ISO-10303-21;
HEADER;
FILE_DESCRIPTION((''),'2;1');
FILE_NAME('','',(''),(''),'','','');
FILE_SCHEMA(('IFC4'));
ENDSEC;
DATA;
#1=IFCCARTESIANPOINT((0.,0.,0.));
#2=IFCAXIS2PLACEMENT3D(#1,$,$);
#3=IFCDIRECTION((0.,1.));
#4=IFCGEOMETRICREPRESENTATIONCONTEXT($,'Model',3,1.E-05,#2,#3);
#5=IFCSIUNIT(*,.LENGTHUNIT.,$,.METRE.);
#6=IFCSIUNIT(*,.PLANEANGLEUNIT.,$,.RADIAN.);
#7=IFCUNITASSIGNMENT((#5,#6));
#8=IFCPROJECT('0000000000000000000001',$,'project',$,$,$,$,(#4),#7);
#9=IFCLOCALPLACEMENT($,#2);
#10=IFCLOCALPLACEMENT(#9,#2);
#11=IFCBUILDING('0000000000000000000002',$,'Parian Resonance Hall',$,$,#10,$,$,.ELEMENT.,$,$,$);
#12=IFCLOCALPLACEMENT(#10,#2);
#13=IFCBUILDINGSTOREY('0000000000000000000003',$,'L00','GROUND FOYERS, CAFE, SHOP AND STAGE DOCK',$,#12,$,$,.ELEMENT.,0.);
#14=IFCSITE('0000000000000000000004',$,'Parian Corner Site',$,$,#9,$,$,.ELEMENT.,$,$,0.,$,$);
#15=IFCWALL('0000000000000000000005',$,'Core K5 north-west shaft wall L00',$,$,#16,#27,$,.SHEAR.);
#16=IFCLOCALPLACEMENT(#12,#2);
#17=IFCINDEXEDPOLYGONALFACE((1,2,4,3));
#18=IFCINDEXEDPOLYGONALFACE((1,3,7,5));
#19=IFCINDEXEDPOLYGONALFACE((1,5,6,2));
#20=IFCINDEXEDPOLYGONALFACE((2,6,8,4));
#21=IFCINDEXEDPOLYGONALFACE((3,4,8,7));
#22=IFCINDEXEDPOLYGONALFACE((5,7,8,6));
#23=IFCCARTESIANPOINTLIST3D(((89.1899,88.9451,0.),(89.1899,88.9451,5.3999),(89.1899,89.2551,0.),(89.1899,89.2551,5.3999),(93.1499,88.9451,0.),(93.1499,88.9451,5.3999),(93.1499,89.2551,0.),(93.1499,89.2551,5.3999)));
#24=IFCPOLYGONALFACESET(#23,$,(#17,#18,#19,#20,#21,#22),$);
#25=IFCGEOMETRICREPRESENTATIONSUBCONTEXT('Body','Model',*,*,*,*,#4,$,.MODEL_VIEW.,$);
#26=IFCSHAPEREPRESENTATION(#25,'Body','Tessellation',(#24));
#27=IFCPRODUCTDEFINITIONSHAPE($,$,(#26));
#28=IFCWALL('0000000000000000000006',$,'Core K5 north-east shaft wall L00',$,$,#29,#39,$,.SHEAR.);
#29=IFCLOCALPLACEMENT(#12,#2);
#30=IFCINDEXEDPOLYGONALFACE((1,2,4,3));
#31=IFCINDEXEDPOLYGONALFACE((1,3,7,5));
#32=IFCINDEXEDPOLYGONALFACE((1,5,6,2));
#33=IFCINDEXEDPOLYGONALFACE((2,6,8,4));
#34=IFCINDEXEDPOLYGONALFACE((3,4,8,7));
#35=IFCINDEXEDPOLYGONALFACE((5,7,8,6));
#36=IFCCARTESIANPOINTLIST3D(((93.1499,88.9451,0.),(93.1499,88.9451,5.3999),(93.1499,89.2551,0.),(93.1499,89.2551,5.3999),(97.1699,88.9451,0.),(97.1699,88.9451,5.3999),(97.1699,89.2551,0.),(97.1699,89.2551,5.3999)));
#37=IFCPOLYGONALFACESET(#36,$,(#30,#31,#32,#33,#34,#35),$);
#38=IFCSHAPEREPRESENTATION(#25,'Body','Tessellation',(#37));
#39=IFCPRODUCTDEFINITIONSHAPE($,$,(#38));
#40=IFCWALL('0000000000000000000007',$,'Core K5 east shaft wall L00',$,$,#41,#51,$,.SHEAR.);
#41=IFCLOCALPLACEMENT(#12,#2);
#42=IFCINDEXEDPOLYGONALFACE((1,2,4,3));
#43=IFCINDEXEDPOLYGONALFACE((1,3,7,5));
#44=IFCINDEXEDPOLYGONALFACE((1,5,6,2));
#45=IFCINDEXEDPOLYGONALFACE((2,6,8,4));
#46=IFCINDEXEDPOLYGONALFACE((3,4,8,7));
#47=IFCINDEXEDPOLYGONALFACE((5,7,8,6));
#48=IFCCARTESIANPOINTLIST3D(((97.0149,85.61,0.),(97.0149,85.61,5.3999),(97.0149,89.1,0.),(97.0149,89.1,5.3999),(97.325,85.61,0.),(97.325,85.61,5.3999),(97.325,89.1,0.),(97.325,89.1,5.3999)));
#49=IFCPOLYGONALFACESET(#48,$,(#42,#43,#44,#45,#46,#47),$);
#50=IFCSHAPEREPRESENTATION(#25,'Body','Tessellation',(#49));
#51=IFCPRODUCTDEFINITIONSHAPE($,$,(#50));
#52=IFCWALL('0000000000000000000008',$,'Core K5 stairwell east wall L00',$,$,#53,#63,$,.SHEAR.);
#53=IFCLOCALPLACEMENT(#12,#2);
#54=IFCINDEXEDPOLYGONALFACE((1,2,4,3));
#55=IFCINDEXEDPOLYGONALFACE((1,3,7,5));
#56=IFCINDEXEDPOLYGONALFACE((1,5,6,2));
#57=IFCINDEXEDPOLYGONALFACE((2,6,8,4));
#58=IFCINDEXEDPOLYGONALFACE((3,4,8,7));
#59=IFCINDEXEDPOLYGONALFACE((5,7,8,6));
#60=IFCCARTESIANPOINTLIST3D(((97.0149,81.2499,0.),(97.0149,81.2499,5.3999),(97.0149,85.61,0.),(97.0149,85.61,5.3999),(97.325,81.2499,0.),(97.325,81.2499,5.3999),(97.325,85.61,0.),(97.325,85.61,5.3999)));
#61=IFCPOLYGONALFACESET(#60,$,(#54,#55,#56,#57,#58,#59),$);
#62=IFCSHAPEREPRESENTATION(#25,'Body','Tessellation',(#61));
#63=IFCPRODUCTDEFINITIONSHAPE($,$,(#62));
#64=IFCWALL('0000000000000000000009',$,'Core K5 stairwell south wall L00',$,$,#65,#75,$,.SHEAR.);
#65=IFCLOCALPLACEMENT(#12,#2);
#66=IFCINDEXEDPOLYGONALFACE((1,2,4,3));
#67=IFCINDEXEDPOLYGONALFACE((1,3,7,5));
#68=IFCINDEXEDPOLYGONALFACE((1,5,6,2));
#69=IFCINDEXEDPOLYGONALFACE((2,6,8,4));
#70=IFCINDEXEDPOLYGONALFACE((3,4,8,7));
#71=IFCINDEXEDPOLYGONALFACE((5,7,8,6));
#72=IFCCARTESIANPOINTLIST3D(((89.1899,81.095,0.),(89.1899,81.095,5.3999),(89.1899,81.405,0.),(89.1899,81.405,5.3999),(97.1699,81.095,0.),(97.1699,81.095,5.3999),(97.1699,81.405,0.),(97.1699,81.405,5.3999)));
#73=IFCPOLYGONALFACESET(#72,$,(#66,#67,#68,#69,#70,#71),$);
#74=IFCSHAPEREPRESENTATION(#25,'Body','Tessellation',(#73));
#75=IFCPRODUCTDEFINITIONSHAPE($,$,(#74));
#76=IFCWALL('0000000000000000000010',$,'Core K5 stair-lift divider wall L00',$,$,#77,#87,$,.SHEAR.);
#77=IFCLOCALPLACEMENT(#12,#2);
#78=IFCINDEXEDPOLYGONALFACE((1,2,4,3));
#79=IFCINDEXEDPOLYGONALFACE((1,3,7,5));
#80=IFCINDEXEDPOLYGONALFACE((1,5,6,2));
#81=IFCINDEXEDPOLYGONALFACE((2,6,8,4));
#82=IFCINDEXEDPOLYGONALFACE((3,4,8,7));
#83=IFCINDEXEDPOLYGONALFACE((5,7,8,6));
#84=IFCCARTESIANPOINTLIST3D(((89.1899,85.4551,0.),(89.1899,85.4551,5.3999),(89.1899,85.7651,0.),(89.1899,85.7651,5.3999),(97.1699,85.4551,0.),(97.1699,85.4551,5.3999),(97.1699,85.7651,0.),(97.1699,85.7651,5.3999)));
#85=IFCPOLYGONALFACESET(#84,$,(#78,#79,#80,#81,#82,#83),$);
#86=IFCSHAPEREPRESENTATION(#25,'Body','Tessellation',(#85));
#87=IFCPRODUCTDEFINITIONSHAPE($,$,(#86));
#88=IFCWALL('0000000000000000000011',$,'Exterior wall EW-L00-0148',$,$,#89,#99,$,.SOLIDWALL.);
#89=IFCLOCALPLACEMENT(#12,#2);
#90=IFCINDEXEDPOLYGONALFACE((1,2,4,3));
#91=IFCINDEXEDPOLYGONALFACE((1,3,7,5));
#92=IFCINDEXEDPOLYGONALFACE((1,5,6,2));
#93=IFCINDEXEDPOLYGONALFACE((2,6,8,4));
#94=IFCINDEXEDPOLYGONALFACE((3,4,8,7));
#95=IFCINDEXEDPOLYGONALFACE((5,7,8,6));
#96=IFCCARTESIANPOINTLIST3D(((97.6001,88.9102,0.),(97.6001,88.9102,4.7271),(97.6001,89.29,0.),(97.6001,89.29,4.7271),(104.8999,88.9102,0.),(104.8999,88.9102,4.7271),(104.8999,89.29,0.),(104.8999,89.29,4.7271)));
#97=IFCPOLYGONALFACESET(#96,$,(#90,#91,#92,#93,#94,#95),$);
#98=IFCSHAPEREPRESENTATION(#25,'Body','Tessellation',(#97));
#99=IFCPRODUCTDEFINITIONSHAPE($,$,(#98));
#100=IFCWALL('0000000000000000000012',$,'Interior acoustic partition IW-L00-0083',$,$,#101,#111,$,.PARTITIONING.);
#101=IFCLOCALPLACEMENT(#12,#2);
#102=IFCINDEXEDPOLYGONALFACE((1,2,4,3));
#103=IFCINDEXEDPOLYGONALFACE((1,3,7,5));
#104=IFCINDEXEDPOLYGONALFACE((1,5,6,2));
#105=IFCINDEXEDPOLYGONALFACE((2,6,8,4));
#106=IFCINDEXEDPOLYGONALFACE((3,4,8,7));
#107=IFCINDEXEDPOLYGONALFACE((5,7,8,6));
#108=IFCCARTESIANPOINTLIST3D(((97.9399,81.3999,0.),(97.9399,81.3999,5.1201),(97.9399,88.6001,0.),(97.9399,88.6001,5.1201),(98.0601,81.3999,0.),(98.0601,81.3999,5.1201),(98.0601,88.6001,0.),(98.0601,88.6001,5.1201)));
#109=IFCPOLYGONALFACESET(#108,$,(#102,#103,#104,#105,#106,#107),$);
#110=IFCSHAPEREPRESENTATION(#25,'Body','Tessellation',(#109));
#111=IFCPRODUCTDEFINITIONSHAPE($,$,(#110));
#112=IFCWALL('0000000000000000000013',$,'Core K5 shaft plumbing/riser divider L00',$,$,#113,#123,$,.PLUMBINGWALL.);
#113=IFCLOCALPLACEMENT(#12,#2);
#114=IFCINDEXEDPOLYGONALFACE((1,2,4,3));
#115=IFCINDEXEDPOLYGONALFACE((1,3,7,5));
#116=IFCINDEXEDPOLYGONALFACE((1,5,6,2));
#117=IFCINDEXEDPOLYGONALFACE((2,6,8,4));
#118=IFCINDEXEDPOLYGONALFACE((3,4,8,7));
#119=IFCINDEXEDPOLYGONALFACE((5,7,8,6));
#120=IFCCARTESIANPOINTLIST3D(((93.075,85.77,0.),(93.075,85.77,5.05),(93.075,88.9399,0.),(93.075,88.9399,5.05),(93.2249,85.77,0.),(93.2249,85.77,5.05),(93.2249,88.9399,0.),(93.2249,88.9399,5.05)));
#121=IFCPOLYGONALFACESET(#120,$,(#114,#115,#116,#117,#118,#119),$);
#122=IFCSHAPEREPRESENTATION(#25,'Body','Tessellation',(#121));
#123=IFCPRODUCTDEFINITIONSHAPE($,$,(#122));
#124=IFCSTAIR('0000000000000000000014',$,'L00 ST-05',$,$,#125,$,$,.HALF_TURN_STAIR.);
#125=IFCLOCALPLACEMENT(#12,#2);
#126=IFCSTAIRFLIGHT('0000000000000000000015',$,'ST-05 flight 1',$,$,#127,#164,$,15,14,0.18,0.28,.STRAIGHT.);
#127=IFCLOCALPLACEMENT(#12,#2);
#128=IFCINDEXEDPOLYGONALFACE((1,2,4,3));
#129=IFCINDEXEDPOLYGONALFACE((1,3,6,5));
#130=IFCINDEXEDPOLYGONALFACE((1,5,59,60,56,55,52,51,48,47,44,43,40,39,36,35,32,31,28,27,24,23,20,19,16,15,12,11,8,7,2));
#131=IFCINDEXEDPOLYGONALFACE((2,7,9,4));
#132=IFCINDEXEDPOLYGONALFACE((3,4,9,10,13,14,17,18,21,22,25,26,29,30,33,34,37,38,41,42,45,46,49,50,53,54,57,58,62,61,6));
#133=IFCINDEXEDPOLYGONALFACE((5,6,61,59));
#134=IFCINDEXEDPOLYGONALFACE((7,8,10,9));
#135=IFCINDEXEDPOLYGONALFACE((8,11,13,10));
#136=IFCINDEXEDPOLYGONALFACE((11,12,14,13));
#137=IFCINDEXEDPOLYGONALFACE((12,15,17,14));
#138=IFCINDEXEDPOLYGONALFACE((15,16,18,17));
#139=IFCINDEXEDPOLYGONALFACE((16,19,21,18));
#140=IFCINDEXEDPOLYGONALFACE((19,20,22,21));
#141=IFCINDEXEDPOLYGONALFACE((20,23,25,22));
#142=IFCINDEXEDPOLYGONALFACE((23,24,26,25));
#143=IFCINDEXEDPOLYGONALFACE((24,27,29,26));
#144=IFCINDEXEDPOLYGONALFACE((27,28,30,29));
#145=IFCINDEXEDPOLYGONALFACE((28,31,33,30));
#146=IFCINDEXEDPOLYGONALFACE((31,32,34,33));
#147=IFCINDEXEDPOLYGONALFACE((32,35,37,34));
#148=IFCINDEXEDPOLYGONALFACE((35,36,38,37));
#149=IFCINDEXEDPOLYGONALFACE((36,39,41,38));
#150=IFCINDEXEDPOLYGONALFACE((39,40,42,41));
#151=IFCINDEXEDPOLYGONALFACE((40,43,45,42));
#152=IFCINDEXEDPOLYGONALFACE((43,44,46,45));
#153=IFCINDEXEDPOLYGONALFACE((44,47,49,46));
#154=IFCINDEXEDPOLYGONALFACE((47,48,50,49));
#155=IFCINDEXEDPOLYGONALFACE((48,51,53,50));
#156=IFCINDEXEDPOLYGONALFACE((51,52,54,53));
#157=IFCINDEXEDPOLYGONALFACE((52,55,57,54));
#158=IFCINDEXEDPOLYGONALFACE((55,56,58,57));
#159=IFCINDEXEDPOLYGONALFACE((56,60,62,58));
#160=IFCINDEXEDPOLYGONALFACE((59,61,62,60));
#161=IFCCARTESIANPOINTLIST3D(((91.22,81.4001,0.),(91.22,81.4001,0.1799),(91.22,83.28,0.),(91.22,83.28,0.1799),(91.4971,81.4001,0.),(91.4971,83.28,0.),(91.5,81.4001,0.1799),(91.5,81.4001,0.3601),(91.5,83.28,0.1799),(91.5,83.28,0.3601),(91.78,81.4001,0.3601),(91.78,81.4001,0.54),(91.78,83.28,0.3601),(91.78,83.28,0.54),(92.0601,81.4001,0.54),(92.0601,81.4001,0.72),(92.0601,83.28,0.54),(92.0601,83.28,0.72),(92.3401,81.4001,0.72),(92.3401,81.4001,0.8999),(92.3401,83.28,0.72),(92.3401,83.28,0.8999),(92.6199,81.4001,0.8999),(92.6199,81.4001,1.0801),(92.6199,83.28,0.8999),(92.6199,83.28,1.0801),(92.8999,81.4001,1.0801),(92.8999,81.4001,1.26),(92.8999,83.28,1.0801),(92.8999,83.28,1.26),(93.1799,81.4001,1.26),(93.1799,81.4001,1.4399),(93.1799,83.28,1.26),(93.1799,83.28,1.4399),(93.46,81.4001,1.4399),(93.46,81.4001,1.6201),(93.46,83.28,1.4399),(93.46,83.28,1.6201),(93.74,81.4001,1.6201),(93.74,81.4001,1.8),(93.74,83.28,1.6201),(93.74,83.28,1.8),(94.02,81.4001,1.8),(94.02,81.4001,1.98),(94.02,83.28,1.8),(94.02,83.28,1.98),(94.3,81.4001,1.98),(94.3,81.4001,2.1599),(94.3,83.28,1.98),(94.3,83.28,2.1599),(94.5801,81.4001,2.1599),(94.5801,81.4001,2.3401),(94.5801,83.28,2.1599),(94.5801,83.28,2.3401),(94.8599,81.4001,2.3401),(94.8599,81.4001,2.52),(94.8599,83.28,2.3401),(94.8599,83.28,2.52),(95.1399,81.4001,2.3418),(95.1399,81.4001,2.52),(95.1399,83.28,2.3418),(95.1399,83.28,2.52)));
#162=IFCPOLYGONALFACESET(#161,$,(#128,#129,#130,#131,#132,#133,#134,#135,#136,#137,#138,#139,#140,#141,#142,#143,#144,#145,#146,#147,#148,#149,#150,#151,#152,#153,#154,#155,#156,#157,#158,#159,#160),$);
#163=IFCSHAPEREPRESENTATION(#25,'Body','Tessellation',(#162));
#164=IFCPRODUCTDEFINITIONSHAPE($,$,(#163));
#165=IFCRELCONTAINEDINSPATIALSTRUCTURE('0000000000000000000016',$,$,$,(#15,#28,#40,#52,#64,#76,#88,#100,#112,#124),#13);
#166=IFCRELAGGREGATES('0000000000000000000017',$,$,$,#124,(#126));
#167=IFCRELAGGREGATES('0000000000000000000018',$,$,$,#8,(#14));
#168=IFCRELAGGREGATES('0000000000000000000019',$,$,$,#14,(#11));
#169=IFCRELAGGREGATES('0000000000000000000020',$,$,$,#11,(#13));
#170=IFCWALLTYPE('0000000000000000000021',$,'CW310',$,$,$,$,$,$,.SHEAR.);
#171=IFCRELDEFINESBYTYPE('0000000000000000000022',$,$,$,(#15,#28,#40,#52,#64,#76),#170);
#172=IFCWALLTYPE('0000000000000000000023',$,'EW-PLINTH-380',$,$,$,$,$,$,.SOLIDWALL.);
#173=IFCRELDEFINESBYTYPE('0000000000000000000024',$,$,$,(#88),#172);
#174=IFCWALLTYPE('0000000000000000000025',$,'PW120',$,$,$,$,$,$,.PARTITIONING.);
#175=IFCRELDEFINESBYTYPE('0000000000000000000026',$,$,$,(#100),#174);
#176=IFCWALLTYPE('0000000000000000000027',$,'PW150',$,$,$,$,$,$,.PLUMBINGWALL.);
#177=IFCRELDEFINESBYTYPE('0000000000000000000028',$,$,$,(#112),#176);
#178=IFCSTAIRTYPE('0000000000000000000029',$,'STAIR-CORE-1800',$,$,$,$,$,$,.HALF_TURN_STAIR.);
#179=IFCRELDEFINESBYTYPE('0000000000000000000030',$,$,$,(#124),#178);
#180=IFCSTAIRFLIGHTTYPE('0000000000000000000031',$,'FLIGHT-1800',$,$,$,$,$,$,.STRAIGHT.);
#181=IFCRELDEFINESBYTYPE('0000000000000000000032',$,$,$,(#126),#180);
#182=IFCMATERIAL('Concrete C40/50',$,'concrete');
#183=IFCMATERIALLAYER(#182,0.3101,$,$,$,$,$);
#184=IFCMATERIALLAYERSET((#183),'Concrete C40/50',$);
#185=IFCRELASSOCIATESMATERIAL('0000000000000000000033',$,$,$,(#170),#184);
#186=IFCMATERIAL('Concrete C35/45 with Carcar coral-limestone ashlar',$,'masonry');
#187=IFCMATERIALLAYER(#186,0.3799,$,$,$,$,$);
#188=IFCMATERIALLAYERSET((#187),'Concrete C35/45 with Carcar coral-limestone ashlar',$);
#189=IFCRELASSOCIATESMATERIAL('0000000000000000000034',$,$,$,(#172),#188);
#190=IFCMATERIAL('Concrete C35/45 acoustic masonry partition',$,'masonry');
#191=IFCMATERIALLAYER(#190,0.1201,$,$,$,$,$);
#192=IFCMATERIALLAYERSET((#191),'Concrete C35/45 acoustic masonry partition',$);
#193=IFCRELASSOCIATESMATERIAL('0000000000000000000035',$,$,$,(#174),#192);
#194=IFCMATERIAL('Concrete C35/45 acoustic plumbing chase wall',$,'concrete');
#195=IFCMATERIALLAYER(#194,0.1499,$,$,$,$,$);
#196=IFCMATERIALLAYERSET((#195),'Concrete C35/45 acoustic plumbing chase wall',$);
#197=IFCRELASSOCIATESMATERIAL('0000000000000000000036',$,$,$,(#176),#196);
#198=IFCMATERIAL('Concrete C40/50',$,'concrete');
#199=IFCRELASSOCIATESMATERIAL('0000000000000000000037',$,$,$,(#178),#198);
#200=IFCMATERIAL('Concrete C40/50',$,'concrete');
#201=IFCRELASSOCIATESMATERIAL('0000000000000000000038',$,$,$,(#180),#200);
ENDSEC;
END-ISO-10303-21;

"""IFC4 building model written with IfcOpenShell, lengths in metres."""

from ifc_helpers import new_model, si_unit, direction, frame, frame_2d, origin, place, context, subcontext, project, spatial, polyline, rectangle, outline, extrude, material, layer, layer_set, type_object, element, aggregate, save


model = new_model("IFC4")

# Units and contexts
model_context = context("Model", 3, precision=1e-05, world=origin(), true_north=direction((0.0, 1.0)))
body_context = subcontext(model_context, "Body", "Model", "MODEL_VIEW")
ifc_project = project(units=[si_unit("LENGTHUNIT", "METRE"), si_unit("PLANEANGLEUNIT", "RADIAN")], contexts=[model_context])

# Site, building, storey
site_placement = place(None, origin())
site = spatial("IfcSite", under=ifc_project, at=site_placement, Name="Parian Corner Site", CompositionType="ELEMENT", RefElevation=0.0)
building_placement = place(site_placement, origin())
building = spatial("IfcBuilding", under=site, at=building_placement, Name="Parian Resonance Hall", CompositionType="ELEMENT")
storey_placement = place(building_placement, origin())
storey = spatial("IfcBuildingStorey", under=building, at=storey_placement, Name="L00", Description="GROUND FOYERS, CAFE, SHOP AND STAGE DOCK", CompositionType="ELEMENT", Elevation=0.0)

# Shared definitions
ifc_material_1 = material(Name="Concrete C40/50", Category="concrete")
ifc_layer_1 = layer(ifc_material_1, 0.3101)
ifc_layer_set_1 = layer_set([ifc_layer_1], Name="Concrete C40/50")
wall_type_1 = type_object("IfcWallType", Name="CW310", PredefinedType="SHEAR", material=ifc_layer_set_1)

# Walls
wall_1_placement = place(storey_placement, frame((89.1899, 89.1001, 0.0), z_axis=(0.0, 0.0, 1.0), x_axis=(1.0, 0.0, 0.0)))
element("IfcWall", 1, at=wall_1_placement, inside=storey, type_object=wall_type_1, Name="Core K5 north-west shaft wall L00", PredefinedType="SHEAR", context=body_context, shape_type="SweptSolid", body=[
    extrude(rectangle(XDim=3.96, YDim=0.3101, at=frame_2d((1.98, 0.0))), origin(), (0.0, 0.0, 1.0), 5.3999),
])
wall_2_placement = place(storey_placement, frame((93.1499, 89.1001, 0.0), z_axis=(0.0, 0.0, 1.0), x_axis=(1.0, 0.0, 0.0)))
element("IfcWall", 2, at=wall_2_placement, inside=storey, type_object=wall_type_1, Name="Core K5 north-east shaft wall L00", PredefinedType="SHEAR", context=body_context, shape_type="SweptSolid", body=[
    extrude(rectangle(XDim=4.02, YDim=0.3101, at=frame_2d((2.01, 0.0))), origin(), (0.0, 0.0, 1.0), 5.3999),
])
wall_3_placement = place(storey_placement, frame((97.1699, 89.1001, 0.0), z_axis=(0.0, 0.0, 1.0), x_axis=(0.0, -1.0, 0.0)))
element("IfcWall", 3, at=wall_3_placement, inside=storey, type_object=wall_type_1, Name="Core K5 east shaft wall L00", PredefinedType="SHEAR", context=body_context, shape_type="SweptSolid", body=[
    extrude(rectangle(XDim=3.49, YDim=0.3101, at=frame_2d((1.7451, 0.0))), origin(), (0.0, 0.0, 1.0), 5.3999),
])
wall_4_placement = place(storey_placement, frame((97.1699, 85.6101, 0.0), z_axis=(0.0, 0.0, 1.0), x_axis=(0.0, -1.0, 0.0)))
element("IfcWall", 4, at=wall_4_placement, inside=storey, type_object=wall_type_1, Name="Core K5 stairwell east wall L00", PredefinedType="SHEAR", context=body_context, shape_type="SweptSolid", body=[
    extrude(rectangle(XDim=4.3601, YDim=0.3101, at=frame_2d((2.1802, 0.0))), origin(), (0.0, 0.0, 1.0), 5.3999),
])
for number, where, z_axis, x_axis, name in (
    (5, (97.1699, 81.25, 0.0), (0.0, 0.0, 1.0), (-1.0, 0.0, 0.0), "Core K5 stairwell south wall L00"),
    (6, (89.1899, 85.6101, 0.0), (0.0, 0.0, 1.0), (1.0, 0.0, 0.0), "Core K5 stair-lift divider wall L00"),
):
    element("IfcWall", number, at=place(storey_placement, frame(where, z_axis=z_axis, x_axis=x_axis)), inside=storey, type_object=wall_type_1, Name=name, PredefinedType="SHEAR", context=body_context, shape_type="SweptSolid", body=[
        extrude(rectangle(XDim=7.98, YDim=0.3101, at=frame_2d((3.99, 0.0))), origin(), (0.0, 0.0, 1.0), 5.3999),
    ])
ifc_material_2 = material(Name="Concrete C35/45 with Carcar coral-limestone ashlar", Category="masonry")
ifc_layer_2 = layer(ifc_material_2, 0.3799)
ifc_layer_set_2 = layer_set([ifc_layer_2], Name="Concrete C35/45 with Carcar coral-limestone ashlar")
wall_type_2 = type_object("IfcWallType", Name="EW-PLINTH-380", PredefinedType="SOLIDWALL", material=ifc_layer_set_2)
wall_5_placement = place(storey_placement, frame((97.6001, 89.1001, 0.0), z_axis=(0.0, 0.0, 1.0), x_axis=(1.0, 0.0, 0.0)))
element("IfcWall", 7, at=wall_5_placement, inside=storey, type_object=wall_type_2, Name="Exterior wall EW-L00-0148", PredefinedType="SOLIDWALL", context=body_context, shape_type="SweptSolid", body=[
    extrude(rectangle(XDim=7.2998, YDim=0.3799, at=frame_2d((3.6499, 0.0))), origin(), (0.0, 0.0, 1.0), 4.7271),
])
ifc_material_3 = material(Name="Concrete C35/45 acoustic masonry partition", Category="masonry")
ifc_layer_3 = layer(ifc_material_3, 0.1201)
ifc_layer_set_3 = layer_set([ifc_layer_3], Name="Concrete C35/45 acoustic masonry partition")
wall_type_3 = type_object("IfcWallType", Name="PW120", PredefinedType="PARTITIONING", material=ifc_layer_set_3)
wall_6_placement = place(storey_placement, frame((98.0, 81.3999, 0.0), z_axis=(0.0, 0.0, 1.0), x_axis=(0.0, 1.0, 0.0)))
element("IfcWall", 8, at=wall_6_placement, inside=storey, type_object=wall_type_3, Name="Interior acoustic partition IW-L00-0083", PredefinedType="PARTITIONING", context=body_context, shape_type="SweptSolid", body=[
    extrude(rectangle(XDim=7.2002, YDim=0.1201, at=frame_2d((3.6001, 0.0))), origin(), (0.0, 0.0, 1.0), 5.1201),
])
ifc_material_4 = material(Name="Concrete C35/45 acoustic plumbing chase wall", Category="concrete")
ifc_layer_4 = layer(ifc_material_4, 0.1499)
ifc_layer_set_4 = layer_set([ifc_layer_4], Name="Concrete C35/45 acoustic plumbing chase wall")
wall_type_4 = type_object("IfcWallType", Name="PW150", PredefinedType="PLUMBINGWALL", material=ifc_layer_set_4)
wall_7_placement = place(storey_placement, frame((93.1499, 85.77, 0.0), z_axis=(0.0, 0.0, 1.0), x_axis=(0.0, 1.0, 0.0)))
element("IfcWall", 9, at=wall_7_placement, inside=storey, type_object=wall_type_4, Name="Core K5 shaft plumbing/riser divider L00", PredefinedType="PLUMBINGWALL", context=body_context, shape_type="SweptSolid", body=[
    extrude(rectangle(XDim=3.1699, YDim=0.1499, at=frame_2d((1.585, 0.0))), origin(), (0.0, 0.0, 1.0), 5.05),
])

# Stair, stair flight
ifc_material_5 = material(Name="Concrete C40/50", Category="concrete")
stair_type = type_object("IfcStairType", Name="STAIR-CORE-1800", PredefinedType="HALF_TURN_STAIR", material=ifc_material_5)
stair_placement = place(storey_placement, origin())
stair = element("IfcStair", 10, at=stair_placement, inside=storey, type_object=stair_type, Name="L00 ST-05", PredefinedType="HALF_TURN_STAIR")
ifc_material_6 = material(Name="Concrete C40/50", Category="concrete")
stair_flight_type = type_object("IfcStairFlightType", Name="FLIGHT-1800", PredefinedType="STRAIGHT", material=ifc_material_6)
stair_flight_1_placement = place(storey_placement, frame((91.22, 82.3401, 0.0), z_axis=(0.0, 0.0, 1.0), x_axis=(1.0, 0.0, 0.0)))
stair_flight_1 = element("IfcStairFlight", 11, at=stair_flight_1_placement, type_object=stair_flight_type, Name="ST-05 flight 1", NumberOfRisers=15, NumberOfTreads=14, PredefinedType="STRAIGHT", RiserHeight=0.18, TreadLength=0.28, context=body_context, shape_type="SweptSolid", body=[
    extrude(outline(polyline([(0.0, 0.0), (0.0, 0.1799), (0.28, 0.1799), (0.28, 0.3601), (0.5601, 0.3601), (0.5601, 0.54), (0.8401, 0.54), (0.8401, 0.72), (1.1201, 0.72), (1.1201, 0.8999), (1.3999, 0.8999), (1.3999, 1.0801), (1.6799, 1.0801), (1.6799, 1.26), (1.96, 1.26), (1.96, 1.4399), (2.24, 1.4399), (2.24, 1.6201), (2.52, 1.6201), (2.52, 1.8), (2.8, 1.8), (2.8, 1.98), (3.0801, 1.98), (3.0801, 2.1599), (3.3601, 2.1599), (3.3601, 2.3401), (3.6399, 2.3401), (3.6399, 2.52), (3.9199, 2.52), (3.9199, 2.7), (3.9199, 2.3418), (0.2771, 0.0), (0.0, 0.0)])), frame((0.0, 0.9399, 0.0), z_axis=(0.0, -1.0, 0.0), x_axis=(1.0, 0.0, 0.0)), (0.0, 0.0, 1.0), 1.8799),
])
aggregate(stair, [stair_flight_1])

save(model, "model.ifc")
